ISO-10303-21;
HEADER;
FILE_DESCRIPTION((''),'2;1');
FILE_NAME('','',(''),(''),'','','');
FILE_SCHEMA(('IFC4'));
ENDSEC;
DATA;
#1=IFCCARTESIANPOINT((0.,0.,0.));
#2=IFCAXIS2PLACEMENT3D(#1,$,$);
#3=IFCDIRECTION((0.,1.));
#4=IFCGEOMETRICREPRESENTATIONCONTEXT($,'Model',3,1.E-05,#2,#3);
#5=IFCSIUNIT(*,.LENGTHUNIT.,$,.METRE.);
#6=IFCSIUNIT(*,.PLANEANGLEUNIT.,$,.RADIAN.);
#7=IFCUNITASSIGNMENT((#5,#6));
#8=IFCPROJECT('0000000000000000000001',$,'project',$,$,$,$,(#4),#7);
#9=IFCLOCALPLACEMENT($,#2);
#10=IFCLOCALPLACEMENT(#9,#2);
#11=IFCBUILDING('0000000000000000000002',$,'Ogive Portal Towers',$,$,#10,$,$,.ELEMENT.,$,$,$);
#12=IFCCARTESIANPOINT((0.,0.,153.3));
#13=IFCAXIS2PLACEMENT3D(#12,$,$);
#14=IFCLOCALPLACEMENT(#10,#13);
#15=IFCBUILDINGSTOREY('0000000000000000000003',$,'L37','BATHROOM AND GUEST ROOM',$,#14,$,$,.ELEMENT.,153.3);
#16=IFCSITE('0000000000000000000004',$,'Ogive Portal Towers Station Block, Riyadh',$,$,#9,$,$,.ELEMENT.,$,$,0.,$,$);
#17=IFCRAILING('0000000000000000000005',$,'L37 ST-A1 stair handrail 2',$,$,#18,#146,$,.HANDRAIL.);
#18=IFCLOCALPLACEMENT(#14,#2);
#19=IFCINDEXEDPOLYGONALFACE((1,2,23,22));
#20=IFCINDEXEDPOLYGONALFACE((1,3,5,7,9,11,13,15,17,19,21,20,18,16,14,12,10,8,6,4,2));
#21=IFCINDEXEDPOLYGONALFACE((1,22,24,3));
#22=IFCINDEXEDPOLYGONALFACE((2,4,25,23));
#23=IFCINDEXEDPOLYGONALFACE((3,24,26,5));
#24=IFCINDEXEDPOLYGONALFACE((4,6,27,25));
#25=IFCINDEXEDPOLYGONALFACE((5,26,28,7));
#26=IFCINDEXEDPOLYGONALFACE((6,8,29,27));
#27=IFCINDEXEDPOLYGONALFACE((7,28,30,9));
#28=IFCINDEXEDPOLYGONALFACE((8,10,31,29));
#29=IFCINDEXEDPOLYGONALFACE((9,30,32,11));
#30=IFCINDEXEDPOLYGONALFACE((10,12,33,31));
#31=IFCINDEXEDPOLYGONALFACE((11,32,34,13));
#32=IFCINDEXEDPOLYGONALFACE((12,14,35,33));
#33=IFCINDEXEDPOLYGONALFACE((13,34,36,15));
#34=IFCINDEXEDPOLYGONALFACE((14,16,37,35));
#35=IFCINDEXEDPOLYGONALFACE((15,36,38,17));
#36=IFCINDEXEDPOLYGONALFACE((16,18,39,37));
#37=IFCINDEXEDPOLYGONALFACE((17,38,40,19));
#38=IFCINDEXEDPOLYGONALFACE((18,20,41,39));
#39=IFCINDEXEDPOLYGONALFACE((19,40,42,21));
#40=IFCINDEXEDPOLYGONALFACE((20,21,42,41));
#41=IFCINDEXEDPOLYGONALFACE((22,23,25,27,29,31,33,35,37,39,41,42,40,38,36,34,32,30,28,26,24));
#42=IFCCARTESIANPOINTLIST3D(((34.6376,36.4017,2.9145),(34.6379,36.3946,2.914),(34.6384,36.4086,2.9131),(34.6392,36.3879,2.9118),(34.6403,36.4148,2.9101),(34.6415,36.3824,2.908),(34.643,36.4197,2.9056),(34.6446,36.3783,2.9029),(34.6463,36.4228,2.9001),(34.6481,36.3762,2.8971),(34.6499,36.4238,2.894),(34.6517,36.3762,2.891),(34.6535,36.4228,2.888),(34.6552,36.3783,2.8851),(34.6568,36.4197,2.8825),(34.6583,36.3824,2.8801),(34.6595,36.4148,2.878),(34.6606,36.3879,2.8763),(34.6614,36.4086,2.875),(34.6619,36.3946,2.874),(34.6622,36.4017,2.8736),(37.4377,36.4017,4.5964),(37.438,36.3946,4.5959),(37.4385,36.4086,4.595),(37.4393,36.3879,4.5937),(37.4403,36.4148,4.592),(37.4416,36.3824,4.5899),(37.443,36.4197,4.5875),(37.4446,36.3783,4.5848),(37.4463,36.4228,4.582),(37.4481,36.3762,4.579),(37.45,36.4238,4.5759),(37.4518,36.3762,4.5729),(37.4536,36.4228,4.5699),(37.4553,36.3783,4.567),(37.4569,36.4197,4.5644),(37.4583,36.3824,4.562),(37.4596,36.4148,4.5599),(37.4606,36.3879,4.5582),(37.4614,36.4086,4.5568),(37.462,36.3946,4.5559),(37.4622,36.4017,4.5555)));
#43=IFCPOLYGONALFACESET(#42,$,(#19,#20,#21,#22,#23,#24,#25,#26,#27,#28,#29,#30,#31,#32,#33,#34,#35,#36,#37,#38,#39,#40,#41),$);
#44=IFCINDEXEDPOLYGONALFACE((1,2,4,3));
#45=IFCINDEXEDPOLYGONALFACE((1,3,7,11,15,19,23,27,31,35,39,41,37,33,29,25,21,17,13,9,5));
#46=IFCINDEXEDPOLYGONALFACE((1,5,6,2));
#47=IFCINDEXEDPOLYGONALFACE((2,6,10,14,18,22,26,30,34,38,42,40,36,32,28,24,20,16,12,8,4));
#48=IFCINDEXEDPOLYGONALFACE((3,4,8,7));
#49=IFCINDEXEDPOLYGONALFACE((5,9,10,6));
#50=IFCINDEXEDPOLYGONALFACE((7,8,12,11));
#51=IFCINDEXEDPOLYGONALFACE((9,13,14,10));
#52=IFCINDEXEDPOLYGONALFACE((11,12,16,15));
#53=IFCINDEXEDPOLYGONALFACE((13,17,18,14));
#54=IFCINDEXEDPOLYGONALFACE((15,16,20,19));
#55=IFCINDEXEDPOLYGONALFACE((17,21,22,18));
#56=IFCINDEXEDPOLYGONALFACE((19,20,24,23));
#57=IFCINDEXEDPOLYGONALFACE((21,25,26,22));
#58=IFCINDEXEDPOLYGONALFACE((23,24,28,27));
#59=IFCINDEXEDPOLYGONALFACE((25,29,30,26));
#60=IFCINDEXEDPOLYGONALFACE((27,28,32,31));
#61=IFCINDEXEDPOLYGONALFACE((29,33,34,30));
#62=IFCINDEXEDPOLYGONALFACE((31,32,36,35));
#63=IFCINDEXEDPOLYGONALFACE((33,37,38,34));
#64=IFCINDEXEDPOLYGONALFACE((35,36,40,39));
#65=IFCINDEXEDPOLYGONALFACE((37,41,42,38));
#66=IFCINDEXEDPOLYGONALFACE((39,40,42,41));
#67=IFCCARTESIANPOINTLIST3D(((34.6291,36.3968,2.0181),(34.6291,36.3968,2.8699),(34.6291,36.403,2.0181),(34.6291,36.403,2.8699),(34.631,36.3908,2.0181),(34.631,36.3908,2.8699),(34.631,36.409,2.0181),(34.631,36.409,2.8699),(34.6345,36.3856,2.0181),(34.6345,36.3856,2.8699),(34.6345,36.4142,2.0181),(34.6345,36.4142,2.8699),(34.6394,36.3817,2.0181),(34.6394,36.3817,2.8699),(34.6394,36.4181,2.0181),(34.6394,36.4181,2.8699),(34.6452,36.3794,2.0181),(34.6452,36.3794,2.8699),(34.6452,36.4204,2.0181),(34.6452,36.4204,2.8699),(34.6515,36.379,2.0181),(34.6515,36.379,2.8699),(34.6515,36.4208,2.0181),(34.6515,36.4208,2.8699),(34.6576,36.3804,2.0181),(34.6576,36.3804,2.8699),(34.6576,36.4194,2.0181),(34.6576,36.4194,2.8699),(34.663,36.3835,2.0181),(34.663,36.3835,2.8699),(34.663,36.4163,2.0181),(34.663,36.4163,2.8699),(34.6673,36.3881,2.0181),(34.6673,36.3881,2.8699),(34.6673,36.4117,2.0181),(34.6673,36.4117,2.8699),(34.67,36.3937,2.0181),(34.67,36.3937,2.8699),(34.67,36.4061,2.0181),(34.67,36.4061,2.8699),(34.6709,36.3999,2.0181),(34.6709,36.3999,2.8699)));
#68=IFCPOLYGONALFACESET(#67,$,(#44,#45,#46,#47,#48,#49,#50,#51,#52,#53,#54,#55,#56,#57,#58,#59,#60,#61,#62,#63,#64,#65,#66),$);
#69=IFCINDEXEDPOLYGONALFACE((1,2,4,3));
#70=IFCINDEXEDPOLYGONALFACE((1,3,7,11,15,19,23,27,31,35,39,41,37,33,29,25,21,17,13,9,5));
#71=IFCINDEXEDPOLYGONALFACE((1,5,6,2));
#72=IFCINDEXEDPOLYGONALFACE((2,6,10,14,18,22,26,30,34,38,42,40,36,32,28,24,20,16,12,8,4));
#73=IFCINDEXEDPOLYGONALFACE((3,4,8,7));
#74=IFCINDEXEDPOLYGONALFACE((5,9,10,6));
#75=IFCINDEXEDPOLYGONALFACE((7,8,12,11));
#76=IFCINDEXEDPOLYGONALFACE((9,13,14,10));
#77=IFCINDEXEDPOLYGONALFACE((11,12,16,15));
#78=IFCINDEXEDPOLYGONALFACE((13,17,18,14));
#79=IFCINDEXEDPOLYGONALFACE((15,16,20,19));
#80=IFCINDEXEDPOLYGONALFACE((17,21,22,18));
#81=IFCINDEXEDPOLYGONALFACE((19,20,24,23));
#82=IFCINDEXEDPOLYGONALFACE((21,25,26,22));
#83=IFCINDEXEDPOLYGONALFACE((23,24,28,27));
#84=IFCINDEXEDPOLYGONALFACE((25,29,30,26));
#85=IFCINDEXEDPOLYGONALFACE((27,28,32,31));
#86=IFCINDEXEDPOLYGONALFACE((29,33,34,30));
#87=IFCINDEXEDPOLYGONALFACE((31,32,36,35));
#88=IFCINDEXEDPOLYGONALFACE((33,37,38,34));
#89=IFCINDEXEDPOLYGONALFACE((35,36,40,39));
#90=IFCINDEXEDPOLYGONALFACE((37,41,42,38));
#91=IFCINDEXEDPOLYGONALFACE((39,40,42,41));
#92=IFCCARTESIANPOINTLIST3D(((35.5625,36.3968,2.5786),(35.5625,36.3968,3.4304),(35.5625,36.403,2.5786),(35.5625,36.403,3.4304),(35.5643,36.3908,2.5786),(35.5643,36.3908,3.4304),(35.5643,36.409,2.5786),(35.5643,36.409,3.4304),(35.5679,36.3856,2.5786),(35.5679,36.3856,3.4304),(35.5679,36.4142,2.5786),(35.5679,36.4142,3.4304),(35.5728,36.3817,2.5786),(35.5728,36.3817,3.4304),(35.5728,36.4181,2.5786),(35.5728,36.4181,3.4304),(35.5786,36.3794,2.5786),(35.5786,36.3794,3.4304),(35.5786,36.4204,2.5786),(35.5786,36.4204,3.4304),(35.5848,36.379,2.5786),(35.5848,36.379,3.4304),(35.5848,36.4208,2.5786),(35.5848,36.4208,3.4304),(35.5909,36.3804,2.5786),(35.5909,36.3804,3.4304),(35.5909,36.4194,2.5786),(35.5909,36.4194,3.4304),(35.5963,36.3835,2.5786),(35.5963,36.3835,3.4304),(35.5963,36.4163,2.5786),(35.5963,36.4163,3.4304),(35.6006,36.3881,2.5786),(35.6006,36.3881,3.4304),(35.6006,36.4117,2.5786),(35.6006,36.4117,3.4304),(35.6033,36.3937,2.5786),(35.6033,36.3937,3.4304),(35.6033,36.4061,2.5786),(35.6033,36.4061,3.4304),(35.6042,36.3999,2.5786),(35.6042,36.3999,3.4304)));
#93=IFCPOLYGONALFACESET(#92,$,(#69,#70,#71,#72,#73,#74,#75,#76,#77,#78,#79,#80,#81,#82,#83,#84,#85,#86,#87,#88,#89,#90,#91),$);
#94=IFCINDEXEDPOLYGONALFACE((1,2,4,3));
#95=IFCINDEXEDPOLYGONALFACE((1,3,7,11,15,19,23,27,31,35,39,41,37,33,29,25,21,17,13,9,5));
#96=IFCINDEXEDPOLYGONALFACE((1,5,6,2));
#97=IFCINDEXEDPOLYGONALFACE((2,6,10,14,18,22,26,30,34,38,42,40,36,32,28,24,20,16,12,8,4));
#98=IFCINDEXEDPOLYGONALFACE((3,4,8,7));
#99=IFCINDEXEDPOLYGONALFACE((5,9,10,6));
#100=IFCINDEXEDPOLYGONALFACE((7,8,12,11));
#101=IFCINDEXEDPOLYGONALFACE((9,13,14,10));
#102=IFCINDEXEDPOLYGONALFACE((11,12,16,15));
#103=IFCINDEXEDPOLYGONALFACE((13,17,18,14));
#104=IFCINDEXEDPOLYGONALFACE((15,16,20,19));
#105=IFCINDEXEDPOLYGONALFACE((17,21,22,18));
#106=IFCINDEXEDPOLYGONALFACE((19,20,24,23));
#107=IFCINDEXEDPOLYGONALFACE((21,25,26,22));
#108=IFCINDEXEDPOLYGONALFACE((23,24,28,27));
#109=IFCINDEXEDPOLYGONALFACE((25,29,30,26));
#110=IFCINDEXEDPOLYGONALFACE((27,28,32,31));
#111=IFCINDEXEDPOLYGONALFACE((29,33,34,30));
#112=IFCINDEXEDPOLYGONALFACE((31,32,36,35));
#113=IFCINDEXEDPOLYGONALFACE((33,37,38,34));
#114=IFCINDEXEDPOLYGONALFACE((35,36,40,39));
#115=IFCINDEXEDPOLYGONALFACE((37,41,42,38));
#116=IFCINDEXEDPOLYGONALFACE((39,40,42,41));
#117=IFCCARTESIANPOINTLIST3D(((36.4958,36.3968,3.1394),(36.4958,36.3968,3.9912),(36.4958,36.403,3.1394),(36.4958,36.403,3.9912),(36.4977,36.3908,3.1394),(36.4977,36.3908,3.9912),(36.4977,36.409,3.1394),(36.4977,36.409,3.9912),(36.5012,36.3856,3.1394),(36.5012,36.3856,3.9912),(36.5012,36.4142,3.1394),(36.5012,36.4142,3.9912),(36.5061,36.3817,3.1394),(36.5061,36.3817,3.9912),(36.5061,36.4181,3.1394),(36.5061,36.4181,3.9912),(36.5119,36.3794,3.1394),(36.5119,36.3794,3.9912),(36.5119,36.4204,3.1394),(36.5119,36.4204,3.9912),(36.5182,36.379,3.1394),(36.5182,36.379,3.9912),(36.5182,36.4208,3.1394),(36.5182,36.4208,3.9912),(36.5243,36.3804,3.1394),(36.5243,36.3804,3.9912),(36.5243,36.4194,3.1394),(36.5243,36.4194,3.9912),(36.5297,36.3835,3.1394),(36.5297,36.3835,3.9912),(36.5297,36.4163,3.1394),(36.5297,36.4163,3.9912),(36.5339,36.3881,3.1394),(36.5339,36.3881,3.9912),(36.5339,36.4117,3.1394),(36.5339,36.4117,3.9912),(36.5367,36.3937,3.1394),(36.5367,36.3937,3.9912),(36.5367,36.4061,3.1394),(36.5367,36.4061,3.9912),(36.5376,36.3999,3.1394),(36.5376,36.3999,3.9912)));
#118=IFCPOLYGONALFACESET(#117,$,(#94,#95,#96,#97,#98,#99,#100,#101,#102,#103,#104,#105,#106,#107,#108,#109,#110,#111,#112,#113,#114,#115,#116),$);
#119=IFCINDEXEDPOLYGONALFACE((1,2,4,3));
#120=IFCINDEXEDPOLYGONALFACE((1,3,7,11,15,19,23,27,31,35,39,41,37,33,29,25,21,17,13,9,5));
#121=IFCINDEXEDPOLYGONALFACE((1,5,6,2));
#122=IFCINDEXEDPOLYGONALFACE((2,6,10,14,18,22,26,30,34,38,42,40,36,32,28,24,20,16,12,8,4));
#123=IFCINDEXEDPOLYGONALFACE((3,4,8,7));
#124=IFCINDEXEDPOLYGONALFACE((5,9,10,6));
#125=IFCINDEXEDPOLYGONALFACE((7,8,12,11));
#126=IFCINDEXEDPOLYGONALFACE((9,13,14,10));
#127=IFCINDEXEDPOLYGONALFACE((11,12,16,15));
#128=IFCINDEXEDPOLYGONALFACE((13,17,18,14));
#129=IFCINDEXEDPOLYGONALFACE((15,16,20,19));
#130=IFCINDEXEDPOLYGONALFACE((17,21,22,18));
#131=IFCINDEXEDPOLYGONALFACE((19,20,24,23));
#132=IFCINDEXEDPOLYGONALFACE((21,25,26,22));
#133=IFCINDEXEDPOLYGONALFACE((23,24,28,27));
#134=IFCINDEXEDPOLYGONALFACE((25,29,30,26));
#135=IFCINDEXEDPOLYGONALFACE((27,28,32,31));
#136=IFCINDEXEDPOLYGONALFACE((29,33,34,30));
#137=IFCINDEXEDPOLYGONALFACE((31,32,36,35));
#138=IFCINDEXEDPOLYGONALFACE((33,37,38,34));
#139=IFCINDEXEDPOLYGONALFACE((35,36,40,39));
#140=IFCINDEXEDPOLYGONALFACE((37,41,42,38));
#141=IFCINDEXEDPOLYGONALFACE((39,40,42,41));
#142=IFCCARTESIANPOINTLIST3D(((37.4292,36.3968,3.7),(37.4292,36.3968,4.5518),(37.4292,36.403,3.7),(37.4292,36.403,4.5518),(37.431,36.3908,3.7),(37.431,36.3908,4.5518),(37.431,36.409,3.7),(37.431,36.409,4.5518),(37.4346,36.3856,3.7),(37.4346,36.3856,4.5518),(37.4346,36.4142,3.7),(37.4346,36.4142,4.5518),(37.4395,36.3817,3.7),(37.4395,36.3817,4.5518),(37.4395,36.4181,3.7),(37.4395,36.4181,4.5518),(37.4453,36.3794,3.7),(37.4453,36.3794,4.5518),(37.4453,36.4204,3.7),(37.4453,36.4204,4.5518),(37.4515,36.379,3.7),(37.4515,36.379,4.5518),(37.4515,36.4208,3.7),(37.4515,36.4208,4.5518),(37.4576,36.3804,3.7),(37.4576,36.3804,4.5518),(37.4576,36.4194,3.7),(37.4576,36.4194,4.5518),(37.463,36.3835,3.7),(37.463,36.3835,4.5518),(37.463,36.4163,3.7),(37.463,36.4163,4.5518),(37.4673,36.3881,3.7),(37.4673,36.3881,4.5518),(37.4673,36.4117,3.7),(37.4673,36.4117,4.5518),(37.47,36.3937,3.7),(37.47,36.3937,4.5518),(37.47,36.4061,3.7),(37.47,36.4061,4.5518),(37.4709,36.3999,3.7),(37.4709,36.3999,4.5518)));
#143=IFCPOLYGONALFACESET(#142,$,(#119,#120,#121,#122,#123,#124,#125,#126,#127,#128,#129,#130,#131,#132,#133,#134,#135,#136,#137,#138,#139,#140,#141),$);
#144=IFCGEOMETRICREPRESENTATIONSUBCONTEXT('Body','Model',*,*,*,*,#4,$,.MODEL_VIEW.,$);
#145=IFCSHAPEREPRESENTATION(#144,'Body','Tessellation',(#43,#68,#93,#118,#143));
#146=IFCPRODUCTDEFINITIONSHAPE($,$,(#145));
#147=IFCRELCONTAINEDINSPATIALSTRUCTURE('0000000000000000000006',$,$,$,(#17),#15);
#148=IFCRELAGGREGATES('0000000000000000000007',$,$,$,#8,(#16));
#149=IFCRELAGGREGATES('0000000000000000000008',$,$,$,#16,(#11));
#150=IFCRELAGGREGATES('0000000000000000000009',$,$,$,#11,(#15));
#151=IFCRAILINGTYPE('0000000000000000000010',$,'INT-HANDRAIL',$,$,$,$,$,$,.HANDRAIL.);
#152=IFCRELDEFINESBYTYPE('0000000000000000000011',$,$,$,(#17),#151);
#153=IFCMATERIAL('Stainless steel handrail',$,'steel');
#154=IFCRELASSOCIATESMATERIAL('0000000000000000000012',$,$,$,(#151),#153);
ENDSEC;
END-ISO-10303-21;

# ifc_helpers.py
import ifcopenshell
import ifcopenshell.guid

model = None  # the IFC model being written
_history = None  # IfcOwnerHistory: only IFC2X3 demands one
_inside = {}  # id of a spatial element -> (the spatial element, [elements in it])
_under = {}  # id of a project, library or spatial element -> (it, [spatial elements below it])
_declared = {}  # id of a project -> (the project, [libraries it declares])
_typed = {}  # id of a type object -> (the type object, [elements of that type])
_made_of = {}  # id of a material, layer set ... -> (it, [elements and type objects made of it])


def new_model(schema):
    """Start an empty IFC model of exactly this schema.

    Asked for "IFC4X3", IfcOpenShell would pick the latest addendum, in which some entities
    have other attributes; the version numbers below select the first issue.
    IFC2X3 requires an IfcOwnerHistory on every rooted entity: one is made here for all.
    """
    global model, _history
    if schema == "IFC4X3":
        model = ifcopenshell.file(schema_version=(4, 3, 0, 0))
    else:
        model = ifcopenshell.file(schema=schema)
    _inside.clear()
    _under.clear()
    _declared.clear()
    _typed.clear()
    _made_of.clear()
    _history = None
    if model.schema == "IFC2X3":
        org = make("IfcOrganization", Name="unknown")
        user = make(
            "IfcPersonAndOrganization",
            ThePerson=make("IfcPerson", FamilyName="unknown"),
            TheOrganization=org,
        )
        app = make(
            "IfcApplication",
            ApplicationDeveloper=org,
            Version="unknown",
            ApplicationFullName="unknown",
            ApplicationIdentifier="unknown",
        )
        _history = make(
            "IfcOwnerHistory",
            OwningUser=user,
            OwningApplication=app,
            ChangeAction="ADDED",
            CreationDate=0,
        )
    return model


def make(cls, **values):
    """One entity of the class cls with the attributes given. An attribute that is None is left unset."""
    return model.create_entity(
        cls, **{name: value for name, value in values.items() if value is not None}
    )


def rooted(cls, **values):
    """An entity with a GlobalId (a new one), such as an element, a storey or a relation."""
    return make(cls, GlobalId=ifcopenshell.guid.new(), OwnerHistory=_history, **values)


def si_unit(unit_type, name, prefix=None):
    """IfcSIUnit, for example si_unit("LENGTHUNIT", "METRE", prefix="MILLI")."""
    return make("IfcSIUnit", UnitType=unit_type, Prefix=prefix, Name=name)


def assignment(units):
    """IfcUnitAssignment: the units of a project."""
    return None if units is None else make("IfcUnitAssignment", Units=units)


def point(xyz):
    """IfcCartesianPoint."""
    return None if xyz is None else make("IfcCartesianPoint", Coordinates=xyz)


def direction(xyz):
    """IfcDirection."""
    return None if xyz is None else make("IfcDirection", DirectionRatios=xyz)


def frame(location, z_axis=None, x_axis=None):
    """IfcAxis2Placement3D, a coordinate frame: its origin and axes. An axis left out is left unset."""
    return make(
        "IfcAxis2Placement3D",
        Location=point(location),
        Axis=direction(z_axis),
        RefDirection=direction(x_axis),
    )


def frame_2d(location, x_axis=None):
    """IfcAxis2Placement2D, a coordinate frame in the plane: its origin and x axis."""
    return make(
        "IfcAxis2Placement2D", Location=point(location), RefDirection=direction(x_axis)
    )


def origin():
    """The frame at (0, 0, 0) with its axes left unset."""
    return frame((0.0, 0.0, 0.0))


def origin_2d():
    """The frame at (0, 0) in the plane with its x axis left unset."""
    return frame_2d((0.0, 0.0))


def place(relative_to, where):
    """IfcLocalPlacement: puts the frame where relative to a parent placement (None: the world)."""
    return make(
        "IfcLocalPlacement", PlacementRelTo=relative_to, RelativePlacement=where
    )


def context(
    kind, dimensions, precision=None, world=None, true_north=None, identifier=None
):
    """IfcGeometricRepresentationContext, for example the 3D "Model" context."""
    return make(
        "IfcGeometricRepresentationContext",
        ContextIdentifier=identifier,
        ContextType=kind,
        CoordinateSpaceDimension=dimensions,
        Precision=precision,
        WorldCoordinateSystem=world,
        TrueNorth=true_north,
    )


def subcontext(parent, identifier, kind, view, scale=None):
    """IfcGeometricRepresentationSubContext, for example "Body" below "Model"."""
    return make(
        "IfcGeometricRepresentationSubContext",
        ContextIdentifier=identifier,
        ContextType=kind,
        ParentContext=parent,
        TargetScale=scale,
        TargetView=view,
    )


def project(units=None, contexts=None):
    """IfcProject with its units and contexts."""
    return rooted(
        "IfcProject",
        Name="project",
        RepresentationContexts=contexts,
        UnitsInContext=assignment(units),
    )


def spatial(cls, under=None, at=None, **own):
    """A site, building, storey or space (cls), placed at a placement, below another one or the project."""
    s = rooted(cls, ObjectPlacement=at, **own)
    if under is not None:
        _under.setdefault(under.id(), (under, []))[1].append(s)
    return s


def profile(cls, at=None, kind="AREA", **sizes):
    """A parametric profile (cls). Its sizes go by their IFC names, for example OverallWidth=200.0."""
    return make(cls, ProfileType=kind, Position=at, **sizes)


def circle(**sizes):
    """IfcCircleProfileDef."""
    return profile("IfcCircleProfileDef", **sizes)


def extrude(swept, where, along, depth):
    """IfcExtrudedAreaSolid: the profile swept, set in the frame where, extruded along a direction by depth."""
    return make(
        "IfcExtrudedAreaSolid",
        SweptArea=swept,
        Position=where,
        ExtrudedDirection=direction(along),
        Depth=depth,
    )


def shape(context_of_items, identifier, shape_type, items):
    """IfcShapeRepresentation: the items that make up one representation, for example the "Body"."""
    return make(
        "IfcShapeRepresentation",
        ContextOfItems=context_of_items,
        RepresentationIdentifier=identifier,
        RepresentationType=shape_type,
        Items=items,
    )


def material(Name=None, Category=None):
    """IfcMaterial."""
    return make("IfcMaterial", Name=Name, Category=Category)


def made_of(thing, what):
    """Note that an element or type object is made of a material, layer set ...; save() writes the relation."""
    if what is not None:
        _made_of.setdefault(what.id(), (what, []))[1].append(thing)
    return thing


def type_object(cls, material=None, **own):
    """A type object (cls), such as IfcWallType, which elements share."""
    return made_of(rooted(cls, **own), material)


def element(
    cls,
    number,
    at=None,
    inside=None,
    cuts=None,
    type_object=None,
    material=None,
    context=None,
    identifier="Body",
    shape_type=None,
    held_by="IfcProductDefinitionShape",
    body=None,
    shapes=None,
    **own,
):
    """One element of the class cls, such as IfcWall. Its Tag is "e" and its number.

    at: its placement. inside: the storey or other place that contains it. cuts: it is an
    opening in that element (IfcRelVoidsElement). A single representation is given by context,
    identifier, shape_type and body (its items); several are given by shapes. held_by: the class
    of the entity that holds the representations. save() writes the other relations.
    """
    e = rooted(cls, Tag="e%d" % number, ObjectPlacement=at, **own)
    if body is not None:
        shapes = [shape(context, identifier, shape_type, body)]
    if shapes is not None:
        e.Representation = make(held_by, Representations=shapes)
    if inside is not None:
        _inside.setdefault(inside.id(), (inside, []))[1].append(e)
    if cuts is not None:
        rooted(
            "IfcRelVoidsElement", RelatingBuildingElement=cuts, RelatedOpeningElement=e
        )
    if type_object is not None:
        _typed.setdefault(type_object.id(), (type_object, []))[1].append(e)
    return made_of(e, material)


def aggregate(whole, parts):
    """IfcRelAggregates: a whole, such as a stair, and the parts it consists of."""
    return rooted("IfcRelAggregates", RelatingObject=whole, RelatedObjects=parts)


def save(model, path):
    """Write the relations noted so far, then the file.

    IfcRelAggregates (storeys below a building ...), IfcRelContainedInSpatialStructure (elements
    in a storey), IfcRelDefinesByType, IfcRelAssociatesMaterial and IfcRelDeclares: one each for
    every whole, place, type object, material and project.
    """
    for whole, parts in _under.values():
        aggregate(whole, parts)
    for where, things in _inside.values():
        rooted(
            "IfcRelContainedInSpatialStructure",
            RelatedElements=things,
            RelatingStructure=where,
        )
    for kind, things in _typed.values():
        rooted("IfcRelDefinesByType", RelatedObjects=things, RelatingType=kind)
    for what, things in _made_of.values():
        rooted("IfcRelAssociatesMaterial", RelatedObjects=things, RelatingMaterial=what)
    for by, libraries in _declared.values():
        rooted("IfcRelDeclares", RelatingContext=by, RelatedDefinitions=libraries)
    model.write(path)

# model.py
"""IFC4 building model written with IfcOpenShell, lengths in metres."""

from ifc_helpers import new_model, si_unit, direction, frame, origin, origin_2d, place, context, subcontext, project, spatial, circle, extrude, material, type_object, element, save


model = new_model("IFC4")

# Units and contexts
model_context = context("Model", 3, precision=1e-05, world=origin(), true_north=direction((0.0, 1.0)))
body_context = subcontext(model_context, "Body", "Model", "MODEL_VIEW")
ifc_project = project(units=[si_unit("LENGTHUNIT", "METRE"), si_unit("PLANEANGLEUNIT", "RADIAN")], contexts=[model_context])

# Site, building, storey
site_placement = place(None, origin())
site = spatial("IfcSite", under=ifc_project, at=site_placement, Name="Ogive Portal Towers Station Block, Riyadh", CompositionType="ELEMENT", RefElevation=0.0)
building_placement = place(site_placement, origin())
building = spatial("IfcBuilding", under=site, at=building_placement, Name="Ogive Portal Towers", CompositionType="ELEMENT")
storey_placement = place(building_placement, frame((0.0, 0.0, 153.3)))
storey = spatial("IfcBuildingStorey", under=building, at=storey_placement, Name="L37", Description="BATHROOM AND GUEST ROOM", CompositionType="ELEMENT", Elevation=153.3)

# Railing
ifc_material_1 = material(Name="Stainless steel handrail", Category="steel")
railing_type_1 = type_object("IfcRailingType", Name="INT-HANDRAIL", PredefinedType="HANDRAIL", material=ifc_material_1)
railing_1_placement = place(storey_placement, frame((34.6499, 36.3999, 2.0181)))
element("IfcRailing", 1, at=railing_1_placement, inside=storey, type_object=railing_type_1, Name="L37 ST-A1 stair handrail 2", PredefinedType="HANDRAIL", context=body_context, shape_type="SweptSolid", body=[
    extrude(circle(Radius=0.0239, at=origin_2d()), frame((0.0, 0.0, 0.876), z_axis=(0.857242, 0.0, 0.514913), x_axis=(0.0, 1.0, 0.0)), (0.0, 0.0, 1.0), 3.2664),
    extrude(circle(Radius=0.021, at=origin_2d()), origin(), (0.0, 0.0, 1.0), 0.8518),
    extrude(circle(Radius=0.021, at=origin_2d()), frame((0.9333, 0.0, 0.5605)), (0.0, 0.0, 1.0), 0.8518),
    extrude(circle(Radius=0.021, at=origin_2d()), frame((1.8667, 0.0, 1.1213)), (0.0, 0.0, 1.0), 0.8518),
    extrude(circle(Radius=0.021, at=origin_2d()), frame((2.8, 0.0, 1.6819)), (0.0, 0.0, 1.0), 0.8518),
])

save(model, "model.ifc")
